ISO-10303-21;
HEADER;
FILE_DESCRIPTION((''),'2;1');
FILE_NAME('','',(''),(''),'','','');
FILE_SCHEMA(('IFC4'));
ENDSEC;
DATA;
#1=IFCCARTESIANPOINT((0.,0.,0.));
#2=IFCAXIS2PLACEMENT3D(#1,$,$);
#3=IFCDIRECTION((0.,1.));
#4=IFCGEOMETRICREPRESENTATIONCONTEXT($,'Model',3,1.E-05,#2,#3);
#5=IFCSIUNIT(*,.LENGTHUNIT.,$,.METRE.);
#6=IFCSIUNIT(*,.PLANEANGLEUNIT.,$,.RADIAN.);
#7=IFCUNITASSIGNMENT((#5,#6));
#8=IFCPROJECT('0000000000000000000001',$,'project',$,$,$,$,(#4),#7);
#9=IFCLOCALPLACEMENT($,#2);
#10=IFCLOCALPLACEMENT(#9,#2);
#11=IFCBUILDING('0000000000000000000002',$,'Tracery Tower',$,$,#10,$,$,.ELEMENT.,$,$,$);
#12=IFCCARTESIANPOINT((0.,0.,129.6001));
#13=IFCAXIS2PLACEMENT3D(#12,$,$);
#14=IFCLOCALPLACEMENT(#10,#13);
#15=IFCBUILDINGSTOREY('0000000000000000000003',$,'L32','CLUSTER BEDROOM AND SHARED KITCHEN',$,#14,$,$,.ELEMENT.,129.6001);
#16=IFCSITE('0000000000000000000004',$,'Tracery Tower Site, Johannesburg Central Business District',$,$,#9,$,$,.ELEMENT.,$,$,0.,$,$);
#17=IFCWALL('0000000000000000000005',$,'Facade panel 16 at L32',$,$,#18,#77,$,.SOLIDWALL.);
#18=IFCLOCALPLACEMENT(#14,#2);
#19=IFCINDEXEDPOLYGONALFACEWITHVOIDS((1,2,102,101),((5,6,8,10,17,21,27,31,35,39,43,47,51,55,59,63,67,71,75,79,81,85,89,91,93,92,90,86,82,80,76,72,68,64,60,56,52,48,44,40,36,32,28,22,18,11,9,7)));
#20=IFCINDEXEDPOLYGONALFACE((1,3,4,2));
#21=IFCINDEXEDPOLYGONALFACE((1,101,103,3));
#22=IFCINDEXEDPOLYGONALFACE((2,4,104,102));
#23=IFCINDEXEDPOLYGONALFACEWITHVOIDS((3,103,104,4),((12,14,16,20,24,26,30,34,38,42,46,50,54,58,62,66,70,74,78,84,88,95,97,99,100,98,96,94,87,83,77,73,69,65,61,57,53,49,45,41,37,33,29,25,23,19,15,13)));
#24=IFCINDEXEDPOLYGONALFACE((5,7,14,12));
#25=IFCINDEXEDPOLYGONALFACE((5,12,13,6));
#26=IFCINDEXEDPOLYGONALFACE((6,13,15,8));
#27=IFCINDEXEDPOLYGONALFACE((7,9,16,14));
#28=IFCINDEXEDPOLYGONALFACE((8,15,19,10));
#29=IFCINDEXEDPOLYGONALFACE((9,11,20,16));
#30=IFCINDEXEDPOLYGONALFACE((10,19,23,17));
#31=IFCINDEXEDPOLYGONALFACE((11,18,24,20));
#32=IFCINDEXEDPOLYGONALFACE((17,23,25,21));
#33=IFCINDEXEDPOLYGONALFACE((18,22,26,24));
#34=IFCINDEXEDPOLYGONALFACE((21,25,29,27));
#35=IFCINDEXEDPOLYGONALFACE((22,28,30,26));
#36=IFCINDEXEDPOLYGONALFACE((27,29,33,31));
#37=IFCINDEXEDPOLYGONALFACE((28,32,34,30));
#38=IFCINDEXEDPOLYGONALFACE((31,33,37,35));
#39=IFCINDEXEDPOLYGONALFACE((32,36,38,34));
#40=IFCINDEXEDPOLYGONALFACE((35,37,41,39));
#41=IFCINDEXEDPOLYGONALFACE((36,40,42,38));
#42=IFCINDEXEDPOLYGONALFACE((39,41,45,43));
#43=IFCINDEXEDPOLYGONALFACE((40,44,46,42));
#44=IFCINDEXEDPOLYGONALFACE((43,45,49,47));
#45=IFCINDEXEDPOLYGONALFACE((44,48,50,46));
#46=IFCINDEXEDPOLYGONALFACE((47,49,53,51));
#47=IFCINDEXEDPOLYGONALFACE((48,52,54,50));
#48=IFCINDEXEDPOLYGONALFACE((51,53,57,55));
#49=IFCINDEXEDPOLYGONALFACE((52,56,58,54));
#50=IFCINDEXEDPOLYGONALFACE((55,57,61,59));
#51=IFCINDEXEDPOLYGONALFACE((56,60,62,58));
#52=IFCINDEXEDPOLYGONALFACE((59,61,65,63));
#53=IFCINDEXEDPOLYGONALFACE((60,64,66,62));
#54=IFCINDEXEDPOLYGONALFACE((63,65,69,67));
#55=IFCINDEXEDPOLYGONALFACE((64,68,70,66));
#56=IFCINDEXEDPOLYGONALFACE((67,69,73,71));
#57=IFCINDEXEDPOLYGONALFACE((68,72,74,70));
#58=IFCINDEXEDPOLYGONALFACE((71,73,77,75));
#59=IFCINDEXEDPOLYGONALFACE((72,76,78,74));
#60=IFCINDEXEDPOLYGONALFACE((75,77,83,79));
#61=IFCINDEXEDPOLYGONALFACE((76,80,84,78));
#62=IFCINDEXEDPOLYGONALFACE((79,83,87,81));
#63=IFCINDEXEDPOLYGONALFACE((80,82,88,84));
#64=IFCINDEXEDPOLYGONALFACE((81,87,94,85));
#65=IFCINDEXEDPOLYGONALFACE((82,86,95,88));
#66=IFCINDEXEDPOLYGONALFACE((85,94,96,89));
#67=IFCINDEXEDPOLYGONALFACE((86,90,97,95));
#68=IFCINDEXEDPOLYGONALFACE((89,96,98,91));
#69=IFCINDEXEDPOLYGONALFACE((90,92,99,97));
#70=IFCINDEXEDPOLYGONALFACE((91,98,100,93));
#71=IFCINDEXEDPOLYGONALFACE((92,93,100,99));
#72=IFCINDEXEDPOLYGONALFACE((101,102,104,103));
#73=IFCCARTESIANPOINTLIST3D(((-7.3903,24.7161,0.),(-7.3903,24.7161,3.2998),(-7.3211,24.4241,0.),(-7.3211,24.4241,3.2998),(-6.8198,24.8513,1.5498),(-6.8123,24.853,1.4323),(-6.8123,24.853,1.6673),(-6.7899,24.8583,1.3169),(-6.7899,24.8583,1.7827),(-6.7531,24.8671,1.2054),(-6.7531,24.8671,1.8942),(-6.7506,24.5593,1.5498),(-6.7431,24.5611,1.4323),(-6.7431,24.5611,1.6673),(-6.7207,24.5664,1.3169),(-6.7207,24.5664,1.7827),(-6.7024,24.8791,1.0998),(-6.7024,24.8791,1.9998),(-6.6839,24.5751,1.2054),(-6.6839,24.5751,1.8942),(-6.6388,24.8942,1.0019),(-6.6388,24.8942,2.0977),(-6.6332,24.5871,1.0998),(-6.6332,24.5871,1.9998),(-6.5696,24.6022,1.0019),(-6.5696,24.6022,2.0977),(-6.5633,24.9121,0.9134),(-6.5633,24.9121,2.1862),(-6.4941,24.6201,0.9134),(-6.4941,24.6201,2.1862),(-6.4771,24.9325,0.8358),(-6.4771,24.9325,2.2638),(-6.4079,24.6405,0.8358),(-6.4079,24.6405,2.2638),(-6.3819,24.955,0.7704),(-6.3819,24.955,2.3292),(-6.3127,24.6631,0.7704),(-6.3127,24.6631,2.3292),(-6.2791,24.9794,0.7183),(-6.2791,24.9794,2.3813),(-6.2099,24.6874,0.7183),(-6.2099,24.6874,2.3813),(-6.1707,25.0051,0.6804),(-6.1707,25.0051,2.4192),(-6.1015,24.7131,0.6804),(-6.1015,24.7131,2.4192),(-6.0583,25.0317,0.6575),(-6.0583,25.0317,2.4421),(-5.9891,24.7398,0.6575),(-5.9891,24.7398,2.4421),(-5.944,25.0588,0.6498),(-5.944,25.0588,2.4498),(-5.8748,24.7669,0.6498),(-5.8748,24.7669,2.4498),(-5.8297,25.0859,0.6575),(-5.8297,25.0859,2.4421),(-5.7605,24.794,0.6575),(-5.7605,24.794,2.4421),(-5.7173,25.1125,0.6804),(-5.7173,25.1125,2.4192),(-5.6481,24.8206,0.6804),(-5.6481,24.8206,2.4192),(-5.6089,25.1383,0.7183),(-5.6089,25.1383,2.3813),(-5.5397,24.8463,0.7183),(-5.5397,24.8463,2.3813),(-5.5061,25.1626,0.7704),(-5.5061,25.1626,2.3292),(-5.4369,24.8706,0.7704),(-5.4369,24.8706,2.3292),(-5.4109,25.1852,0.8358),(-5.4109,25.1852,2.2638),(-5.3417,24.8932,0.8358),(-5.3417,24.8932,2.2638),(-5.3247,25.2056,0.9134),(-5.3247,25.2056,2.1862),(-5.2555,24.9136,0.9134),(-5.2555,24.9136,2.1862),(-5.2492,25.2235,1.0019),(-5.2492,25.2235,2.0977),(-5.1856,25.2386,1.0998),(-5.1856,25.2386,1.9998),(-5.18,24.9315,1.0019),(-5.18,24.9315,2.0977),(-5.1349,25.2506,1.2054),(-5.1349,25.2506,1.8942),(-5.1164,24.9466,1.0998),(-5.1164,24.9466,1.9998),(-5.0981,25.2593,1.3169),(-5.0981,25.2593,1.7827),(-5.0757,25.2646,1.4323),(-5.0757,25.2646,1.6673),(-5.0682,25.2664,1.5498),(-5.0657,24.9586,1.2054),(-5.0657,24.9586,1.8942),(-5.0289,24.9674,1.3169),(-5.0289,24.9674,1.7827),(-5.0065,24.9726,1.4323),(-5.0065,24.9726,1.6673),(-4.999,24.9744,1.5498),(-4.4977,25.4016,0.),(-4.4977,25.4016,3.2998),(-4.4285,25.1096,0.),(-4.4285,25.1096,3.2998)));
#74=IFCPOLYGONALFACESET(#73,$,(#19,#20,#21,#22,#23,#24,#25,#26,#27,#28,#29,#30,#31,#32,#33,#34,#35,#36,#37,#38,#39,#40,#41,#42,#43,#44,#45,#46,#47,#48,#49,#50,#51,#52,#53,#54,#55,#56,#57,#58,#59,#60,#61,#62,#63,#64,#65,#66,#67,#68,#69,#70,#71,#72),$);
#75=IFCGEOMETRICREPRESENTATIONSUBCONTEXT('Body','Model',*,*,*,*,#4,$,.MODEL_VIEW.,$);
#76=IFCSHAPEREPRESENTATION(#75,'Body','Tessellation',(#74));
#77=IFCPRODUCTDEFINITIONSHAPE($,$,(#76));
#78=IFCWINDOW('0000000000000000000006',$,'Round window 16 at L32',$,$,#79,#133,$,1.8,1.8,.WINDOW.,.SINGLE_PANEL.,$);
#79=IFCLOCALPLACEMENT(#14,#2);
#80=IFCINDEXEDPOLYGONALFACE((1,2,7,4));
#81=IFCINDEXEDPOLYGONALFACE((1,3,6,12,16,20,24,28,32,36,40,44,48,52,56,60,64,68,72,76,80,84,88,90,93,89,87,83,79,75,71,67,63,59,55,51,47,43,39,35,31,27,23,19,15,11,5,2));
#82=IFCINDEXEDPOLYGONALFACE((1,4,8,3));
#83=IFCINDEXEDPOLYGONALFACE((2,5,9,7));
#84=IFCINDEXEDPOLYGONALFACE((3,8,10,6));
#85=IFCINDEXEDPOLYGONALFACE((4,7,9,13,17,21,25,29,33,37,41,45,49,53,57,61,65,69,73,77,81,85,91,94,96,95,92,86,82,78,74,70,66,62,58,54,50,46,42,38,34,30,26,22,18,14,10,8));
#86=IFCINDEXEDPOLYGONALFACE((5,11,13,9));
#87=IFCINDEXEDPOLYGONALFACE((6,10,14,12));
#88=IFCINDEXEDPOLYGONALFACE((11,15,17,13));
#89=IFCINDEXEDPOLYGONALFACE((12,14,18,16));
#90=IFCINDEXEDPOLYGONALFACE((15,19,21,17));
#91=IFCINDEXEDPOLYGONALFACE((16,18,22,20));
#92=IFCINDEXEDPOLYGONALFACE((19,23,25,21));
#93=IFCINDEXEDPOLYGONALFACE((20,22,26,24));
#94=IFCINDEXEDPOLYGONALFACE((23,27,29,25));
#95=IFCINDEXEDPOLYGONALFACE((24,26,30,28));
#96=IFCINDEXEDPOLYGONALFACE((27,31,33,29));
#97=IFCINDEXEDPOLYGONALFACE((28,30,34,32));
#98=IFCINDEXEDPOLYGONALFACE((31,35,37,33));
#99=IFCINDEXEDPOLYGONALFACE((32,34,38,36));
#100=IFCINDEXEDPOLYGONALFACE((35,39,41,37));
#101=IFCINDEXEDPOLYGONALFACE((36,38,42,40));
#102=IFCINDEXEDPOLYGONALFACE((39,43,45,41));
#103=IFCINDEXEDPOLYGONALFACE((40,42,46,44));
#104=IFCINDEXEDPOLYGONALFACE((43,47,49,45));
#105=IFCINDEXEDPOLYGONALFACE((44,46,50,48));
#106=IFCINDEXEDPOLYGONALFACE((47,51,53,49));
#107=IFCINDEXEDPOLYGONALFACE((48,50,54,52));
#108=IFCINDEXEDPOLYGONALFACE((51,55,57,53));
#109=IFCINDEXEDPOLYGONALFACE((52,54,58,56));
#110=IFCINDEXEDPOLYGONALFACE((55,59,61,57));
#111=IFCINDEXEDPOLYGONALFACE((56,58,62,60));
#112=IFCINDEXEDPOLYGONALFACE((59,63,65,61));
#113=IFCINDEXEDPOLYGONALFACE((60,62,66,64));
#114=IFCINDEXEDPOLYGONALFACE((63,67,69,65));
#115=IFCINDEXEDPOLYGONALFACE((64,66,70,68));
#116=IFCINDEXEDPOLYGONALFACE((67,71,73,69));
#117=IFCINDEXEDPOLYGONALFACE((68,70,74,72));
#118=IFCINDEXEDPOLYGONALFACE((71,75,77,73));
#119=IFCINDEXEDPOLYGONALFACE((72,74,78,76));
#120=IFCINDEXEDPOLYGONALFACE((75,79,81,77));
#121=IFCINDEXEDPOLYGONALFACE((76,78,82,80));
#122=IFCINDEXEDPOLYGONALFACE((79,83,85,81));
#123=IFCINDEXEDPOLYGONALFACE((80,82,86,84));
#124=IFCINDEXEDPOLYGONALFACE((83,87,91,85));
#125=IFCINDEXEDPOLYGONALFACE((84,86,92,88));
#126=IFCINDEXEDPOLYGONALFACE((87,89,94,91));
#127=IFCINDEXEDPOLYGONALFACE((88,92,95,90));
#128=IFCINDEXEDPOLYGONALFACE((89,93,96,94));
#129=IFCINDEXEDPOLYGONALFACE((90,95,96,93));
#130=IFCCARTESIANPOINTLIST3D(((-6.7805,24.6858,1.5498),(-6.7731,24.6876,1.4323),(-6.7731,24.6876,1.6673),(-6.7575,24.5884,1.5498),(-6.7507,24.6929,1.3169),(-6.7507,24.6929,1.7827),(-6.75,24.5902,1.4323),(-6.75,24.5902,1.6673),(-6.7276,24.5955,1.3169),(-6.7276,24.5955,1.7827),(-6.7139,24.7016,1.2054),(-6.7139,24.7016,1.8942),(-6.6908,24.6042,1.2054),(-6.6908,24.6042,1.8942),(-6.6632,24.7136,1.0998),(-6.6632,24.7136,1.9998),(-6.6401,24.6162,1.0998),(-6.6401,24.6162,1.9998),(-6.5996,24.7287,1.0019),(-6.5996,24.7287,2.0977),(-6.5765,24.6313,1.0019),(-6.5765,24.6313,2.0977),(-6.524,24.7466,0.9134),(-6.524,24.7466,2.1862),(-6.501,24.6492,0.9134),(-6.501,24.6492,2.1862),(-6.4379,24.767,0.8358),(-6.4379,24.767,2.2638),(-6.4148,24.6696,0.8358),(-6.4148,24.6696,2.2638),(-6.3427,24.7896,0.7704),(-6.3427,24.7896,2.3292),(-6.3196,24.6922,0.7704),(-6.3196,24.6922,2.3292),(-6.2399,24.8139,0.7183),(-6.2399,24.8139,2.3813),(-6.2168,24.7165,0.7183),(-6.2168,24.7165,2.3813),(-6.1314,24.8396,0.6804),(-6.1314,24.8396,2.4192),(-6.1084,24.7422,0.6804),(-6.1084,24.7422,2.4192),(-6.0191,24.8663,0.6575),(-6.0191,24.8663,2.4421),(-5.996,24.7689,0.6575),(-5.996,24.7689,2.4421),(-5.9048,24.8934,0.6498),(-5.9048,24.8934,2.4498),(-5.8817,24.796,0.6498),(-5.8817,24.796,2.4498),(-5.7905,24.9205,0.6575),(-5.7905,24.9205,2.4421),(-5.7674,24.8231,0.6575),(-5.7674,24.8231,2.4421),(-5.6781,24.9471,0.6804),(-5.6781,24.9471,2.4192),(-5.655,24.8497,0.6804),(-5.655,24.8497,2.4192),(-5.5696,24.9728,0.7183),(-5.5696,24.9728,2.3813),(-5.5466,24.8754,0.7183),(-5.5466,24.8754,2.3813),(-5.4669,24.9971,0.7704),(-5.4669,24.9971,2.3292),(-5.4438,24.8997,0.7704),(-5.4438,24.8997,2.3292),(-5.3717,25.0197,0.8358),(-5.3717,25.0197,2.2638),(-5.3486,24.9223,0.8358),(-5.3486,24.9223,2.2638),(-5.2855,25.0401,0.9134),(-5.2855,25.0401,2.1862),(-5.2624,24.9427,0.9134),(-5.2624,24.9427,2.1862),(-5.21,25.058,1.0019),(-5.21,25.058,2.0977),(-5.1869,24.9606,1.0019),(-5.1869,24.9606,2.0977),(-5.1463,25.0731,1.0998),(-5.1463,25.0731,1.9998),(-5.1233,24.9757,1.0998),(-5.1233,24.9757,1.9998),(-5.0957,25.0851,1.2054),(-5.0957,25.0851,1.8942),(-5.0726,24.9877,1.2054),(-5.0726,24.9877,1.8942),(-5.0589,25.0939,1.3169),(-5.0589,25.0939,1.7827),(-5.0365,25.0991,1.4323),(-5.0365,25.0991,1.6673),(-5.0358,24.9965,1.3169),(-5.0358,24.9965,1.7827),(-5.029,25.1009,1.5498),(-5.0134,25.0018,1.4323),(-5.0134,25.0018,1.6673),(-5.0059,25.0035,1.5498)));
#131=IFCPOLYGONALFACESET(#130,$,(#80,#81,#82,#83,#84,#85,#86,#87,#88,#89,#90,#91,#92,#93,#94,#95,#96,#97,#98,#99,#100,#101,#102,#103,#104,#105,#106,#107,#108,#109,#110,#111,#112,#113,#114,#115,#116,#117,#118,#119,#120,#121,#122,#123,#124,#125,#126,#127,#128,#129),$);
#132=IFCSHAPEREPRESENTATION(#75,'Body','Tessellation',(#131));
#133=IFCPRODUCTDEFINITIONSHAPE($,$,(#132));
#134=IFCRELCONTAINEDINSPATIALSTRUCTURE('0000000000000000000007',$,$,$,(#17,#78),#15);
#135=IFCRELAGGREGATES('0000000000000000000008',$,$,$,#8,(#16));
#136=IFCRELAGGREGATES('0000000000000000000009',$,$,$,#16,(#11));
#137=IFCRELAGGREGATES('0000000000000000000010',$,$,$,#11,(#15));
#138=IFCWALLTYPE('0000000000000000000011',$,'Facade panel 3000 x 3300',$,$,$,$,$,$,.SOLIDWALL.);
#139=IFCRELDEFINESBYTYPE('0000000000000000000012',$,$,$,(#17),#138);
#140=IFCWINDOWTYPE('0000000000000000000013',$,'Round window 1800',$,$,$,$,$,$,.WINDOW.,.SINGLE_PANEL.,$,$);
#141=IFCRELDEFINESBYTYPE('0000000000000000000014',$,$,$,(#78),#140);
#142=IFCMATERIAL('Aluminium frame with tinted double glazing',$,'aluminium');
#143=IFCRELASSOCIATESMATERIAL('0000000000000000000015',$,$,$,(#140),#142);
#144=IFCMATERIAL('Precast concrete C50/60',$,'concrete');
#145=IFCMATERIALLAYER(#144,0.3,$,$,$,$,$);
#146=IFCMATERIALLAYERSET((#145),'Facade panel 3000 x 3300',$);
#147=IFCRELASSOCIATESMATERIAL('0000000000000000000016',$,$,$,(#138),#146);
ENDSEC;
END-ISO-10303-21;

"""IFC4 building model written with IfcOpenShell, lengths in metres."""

from ifc_helpers import new_model, si_unit, direction, frame, frame_2d, origin, origin_2d, place, context, subcontext, project, spatial, rectangle, circle, extrude, material, layer, layer_set, type_object, element, fill, save


model = new_model("IFC4")

# Units and contexts
model_context = context("Model", 3, precision=1e-05, world=origin(), true_north=direction((0.0, 1.0)))
body_context = subcontext(model_context, "Body", "Model", "MODEL_VIEW")
ifc_project = project(units=[si_unit("LENGTHUNIT", "METRE"), si_unit("PLANEANGLEUNIT", "RADIAN")], contexts=[model_context])

# Site, building, storey
site_placement = place(None, origin())
site = spatial("IfcSite", under=ifc_project, at=site_placement, Name="Tracery Tower Site, Johannesburg Central Business District", CompositionType="ELEMENT", RefElevation=0.0)
building_placement = place(site_placement, origin())
building = spatial("IfcBuilding", under=site, at=building_placement, Name="Tracery Tower", CompositionType="ELEMENT")
storey_placement = place(building_placement, frame((0.0, 0.0, 129.6001)))
storey = spatial("IfcBuildingStorey", under=building, at=storey_placement, Name="L32", Description="CLUSTER BEDROOM AND SHARED KITCHEN", CompositionType="ELEMENT", Elevation=129.6001)

# Wall, opening, window
ifc_material_1 = material(Name="Aluminium frame with tinted double glazing", Category="aluminium")
window_type = type_object("IfcWindowType", Name="Round window 1800", PartitioningType="SINGLE_PANEL", PredefinedType="WINDOW", material=ifc_material_1)
ifc_material_2 = material(Name="Precast concrete C50/60", Category="concrete")
ifc_layer_1 = layer(ifc_material_2, 0.3)
ifc_layer_set_1 = layer_set([ifc_layer_1], Name="Facade panel 3000 x 3300")
wall_type_1 = type_object("IfcWallType", Name="Facade panel 3000 x 3300", PredefinedType="SOLIDWALL", material=ifc_layer_set_1)
wall_1_placement = place(storey_placement, frame((-4.4631, 25.2556, 0.0), z_axis=(0.0, 0.0, 1.0), x_axis=(-0.973045, -0.230614, 0.0)))
wall_1 = element("IfcWall", 1, at=wall_1_placement, inside=storey, type_object=wall_type_1, Name="Facade panel 16 at L32", PredefinedType="SOLIDWALL", context=body_context, shape_type="SweptSolid", body=[
    extrude(rectangle(XDim=2.9727, YDim=0.3, at=frame_2d((1.4863, 0.0))), origin(), (0.0, 0.0, 1.0), 3.2998),
])
opening_1_placement = place(wall_1_placement, frame((1.4863, 0.0, 1.5498)))
opening_1 = element("IfcOpeningElement", 2, at=opening_1_placement, cuts=wall_1, PredefinedType="OPENING", context=body_context, shape_type="SweptSolid", body=[
    extrude(circle(Radius=0.9, at=origin_2d()), frame((0.0, 0.1599, 0.0), z_axis=(0.0, -1.0, 0.0), x_axis=(1.0, 0.0, 0.0)), (0.0, 0.0, 1.0), 0.3201),
])
window_1_placement = place(opening_1_placement, origin())
window_1 = element("IfcWindow", 3, at=window_1_placement, inside=storey, type_object=window_type, Name="Round window 16 at L32", OverallHeight=1.8, OverallWidth=1.8, PartitioningType="SINGLE_PANEL", PredefinedType="WINDOW", context=body_context, shape_type="SweptSolid", body=[
    extrude(circle(Radius=0.9, at=origin_2d()), frame((0.0, 0.1201, 0.0), z_axis=(0.0, -1.0, 0.0), x_axis=(1.0, 0.0, 0.0)), (0.0, 0.0, 1.0), 0.1001),
])
fill(opening_1, window_1)

save(model, "model.ifc")
